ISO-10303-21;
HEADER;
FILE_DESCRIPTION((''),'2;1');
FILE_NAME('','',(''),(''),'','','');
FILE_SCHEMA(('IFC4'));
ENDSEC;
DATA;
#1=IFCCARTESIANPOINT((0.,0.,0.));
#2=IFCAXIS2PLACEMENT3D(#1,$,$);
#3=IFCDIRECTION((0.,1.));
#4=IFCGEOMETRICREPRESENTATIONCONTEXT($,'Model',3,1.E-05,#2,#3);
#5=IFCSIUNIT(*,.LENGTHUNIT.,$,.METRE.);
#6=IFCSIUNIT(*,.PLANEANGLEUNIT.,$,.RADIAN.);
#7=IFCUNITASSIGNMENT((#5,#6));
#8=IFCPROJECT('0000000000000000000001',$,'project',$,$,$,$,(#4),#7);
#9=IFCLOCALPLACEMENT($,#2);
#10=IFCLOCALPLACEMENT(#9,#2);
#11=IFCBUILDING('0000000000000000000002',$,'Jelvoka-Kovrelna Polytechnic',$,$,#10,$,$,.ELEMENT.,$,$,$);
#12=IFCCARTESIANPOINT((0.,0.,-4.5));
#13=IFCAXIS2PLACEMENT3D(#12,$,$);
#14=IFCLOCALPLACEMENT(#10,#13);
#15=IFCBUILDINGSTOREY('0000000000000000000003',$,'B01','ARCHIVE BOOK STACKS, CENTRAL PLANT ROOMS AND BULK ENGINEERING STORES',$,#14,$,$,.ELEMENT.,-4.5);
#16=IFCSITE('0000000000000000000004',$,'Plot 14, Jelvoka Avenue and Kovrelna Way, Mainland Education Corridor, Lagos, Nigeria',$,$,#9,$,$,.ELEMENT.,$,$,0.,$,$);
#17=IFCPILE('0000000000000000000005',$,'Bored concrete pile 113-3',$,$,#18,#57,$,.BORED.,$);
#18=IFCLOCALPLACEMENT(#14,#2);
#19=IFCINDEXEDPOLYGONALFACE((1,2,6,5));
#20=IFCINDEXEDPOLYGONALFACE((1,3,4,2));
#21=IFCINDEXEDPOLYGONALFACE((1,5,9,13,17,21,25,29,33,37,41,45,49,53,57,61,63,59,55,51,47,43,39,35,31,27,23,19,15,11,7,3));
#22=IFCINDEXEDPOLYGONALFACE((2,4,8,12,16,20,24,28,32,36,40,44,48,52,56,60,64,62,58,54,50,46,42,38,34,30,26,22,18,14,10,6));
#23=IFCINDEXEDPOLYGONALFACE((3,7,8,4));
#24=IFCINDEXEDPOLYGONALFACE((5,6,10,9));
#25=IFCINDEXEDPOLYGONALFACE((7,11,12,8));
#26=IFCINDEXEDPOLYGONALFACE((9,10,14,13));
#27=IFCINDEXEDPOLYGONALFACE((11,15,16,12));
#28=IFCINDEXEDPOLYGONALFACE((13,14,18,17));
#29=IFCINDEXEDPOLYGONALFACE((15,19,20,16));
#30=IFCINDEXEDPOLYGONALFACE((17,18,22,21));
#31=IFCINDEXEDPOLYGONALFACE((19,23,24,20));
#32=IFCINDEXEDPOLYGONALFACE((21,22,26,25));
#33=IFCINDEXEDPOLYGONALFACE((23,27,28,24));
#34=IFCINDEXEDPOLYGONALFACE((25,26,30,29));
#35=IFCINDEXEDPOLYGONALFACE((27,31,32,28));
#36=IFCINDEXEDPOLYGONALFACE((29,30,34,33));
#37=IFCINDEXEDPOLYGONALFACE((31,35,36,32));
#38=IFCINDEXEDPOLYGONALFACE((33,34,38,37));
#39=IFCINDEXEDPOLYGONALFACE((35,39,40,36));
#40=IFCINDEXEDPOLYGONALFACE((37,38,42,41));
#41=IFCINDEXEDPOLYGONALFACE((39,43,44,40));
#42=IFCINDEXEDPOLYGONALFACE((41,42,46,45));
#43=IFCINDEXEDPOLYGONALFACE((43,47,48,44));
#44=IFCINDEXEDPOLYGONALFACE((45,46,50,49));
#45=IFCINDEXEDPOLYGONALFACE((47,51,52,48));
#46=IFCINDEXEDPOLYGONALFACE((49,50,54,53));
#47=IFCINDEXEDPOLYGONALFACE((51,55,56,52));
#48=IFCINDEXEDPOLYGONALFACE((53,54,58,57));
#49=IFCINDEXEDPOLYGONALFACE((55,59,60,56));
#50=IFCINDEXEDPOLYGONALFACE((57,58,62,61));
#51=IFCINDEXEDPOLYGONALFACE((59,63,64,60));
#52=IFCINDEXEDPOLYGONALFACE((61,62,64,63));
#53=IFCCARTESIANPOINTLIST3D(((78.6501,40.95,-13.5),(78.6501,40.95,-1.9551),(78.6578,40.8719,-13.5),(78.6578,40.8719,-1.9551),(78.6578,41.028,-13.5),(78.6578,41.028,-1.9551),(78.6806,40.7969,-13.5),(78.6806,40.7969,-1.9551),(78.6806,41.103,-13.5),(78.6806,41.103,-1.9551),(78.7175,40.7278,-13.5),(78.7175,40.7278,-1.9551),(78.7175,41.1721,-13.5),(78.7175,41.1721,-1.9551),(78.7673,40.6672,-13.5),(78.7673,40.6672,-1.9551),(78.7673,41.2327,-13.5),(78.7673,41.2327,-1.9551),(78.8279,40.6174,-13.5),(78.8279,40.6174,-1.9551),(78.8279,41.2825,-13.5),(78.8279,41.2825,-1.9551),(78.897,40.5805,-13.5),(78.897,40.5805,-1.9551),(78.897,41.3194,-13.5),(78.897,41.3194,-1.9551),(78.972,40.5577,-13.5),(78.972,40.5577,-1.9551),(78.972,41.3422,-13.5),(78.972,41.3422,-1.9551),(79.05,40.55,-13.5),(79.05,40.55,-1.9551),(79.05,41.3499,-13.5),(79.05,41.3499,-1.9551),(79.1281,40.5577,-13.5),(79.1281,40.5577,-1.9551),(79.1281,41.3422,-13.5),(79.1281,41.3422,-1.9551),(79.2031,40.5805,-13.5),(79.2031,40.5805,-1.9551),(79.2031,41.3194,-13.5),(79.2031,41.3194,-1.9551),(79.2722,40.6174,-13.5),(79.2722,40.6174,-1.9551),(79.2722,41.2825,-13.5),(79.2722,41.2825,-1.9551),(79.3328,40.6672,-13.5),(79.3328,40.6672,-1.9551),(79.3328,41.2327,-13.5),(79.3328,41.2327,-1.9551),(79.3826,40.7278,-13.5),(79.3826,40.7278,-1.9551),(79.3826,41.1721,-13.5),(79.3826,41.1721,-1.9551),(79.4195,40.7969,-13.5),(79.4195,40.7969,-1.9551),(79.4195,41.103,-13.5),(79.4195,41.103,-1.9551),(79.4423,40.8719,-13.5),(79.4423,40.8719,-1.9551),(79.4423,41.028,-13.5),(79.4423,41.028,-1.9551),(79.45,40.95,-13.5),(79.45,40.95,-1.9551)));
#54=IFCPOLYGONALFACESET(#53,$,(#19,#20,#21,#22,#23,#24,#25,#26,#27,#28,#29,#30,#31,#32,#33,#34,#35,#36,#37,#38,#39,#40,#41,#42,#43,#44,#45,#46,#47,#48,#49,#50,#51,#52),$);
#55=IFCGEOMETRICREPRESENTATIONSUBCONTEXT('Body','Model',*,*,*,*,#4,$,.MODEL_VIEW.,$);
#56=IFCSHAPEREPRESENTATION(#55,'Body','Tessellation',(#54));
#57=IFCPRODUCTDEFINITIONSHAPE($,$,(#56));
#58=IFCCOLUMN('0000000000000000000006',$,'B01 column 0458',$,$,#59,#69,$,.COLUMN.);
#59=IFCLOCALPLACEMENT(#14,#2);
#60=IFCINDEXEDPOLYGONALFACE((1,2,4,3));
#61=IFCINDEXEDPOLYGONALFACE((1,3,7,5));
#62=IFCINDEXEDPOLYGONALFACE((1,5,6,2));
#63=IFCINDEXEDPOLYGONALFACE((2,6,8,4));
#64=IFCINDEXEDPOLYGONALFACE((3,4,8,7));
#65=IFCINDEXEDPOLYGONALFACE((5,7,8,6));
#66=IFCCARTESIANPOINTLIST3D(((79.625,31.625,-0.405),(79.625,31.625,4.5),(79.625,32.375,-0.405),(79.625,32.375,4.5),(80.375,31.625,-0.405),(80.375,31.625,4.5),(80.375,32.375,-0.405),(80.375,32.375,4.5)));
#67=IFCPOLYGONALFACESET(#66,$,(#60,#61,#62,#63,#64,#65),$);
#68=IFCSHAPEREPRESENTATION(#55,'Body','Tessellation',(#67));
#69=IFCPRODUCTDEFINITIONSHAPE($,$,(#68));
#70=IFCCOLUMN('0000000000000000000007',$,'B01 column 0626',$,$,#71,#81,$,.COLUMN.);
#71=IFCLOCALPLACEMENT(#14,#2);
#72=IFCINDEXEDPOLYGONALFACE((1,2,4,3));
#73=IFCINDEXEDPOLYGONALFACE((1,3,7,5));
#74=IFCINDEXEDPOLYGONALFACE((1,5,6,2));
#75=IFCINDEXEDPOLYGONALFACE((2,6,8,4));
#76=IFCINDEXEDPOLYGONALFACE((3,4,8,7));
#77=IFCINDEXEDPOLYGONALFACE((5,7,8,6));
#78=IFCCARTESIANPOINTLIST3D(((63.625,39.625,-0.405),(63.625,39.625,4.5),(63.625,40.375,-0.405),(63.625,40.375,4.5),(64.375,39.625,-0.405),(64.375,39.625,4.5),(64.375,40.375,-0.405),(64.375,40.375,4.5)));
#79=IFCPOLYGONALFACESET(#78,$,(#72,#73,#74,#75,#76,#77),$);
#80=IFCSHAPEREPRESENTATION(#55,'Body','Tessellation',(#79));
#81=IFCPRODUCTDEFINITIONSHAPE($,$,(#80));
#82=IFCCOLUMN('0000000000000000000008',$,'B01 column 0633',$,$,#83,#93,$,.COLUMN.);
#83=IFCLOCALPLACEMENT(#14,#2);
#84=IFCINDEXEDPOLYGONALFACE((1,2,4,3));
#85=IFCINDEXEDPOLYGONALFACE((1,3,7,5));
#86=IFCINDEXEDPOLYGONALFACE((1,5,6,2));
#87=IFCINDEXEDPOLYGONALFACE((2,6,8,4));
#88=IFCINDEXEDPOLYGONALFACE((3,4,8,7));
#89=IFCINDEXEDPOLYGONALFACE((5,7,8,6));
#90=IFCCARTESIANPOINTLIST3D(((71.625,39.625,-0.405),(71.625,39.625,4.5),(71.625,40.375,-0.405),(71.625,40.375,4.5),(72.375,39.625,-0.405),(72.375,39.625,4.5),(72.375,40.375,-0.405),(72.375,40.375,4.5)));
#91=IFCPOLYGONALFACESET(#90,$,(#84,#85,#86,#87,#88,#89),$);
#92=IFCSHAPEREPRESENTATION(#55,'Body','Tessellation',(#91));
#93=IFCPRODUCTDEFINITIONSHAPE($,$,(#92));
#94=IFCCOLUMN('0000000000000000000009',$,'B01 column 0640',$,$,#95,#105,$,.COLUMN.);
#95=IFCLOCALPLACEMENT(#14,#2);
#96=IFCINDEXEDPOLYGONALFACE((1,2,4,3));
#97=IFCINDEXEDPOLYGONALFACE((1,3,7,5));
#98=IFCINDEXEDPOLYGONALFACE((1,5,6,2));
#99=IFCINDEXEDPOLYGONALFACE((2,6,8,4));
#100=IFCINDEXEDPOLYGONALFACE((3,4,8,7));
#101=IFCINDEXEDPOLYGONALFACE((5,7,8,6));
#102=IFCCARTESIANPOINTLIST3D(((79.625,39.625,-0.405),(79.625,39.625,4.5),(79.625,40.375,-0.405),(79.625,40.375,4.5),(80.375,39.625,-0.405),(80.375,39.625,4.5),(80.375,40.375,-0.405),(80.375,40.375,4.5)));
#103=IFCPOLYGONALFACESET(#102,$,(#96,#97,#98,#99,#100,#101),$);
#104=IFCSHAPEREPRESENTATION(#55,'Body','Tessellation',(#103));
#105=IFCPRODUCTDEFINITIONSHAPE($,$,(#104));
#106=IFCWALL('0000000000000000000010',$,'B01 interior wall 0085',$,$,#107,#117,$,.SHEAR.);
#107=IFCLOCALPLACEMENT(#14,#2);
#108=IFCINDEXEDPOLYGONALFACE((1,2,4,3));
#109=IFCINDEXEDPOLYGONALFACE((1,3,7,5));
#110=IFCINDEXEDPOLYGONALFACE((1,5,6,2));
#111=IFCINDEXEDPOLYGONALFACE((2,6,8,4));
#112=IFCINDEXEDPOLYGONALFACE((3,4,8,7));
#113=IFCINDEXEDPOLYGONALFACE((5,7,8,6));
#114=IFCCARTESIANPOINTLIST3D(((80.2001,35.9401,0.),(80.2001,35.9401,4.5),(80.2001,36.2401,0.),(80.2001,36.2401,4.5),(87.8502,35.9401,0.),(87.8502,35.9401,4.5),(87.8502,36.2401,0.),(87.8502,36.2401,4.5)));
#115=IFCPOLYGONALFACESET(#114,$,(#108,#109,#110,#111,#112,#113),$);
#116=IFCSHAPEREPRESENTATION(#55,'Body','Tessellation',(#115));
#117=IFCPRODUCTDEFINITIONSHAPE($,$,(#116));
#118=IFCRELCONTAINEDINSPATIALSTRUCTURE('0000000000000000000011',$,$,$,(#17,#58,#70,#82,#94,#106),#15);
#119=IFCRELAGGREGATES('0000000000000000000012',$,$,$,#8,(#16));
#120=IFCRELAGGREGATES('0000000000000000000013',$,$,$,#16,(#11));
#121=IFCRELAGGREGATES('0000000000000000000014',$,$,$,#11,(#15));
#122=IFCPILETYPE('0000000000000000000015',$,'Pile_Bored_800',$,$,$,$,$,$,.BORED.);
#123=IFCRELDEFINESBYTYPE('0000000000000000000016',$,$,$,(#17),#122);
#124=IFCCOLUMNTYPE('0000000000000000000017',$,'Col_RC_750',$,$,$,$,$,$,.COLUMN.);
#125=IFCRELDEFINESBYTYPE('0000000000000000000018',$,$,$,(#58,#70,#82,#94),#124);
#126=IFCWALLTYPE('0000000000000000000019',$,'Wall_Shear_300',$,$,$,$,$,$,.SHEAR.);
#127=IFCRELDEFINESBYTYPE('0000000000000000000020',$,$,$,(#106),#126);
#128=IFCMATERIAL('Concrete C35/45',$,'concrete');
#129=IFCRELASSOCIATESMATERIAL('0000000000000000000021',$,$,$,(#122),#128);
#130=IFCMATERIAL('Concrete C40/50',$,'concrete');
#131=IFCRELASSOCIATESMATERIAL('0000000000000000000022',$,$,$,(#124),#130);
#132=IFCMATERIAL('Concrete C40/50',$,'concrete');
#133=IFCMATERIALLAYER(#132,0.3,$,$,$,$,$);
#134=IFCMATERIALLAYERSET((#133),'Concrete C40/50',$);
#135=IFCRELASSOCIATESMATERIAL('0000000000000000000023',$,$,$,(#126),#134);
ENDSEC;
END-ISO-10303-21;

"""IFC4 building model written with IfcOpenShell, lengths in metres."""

from ifc_helpers import new_model, si_unit, direction, frame, frame_2d, origin, origin_2d, place, context, subcontext, project, spatial, rectangle, circle, extrude, material, layer, layer_set, material_profile, profile_set, type_object, element, save


model = new_model("IFC4")

# Units and contexts
model_context = context("Model", 3, precision=1e-05, world=origin(), true_north=direction((0.0, 1.0)))
body_context = subcontext(model_context, "Body", "Model", "MODEL_VIEW")
ifc_project = project(units=[si_unit("LENGTHUNIT", "METRE"), si_unit("PLANEANGLEUNIT", "RADIAN")], contexts=[model_context])

# Site, building, storey
site_placement = place(None, origin())
site = spatial("IfcSite", under=ifc_project, at=site_placement, Name="Plot 14, Jelvoka Avenue and Kovrelna Way, Mainland Education Corridor, Lagos, Nigeria", CompositionType="ELEMENT", RefElevation=0.0)
building_placement = place(site_placement, origin())
building = spatial("IfcBuilding", under=site, at=building_placement, Name="Jelvoka-Kovrelna Polytechnic", CompositionType="ELEMENT")
storey_placement = place(building_placement, frame((0.0, 0.0, -4.5)))
storey = spatial("IfcBuildingStorey", under=building, at=storey_placement, Name="B01", Description="ARCHIVE BOOK STACKS, CENTRAL PLANT ROOMS AND BULK ENGINEERING STORES", CompositionType="ELEMENT", Elevation=-4.5)

# Pile
ifc_material_1 = material(Name="Concrete C35/45", Category="concrete")
ifc_material_profile_1 = material_profile(ifc_material_1, circle(Radius=0.3999, at=origin_2d()), Name="PILE D800")
ifc_profile_set_1 = profile_set([ifc_material_profile_1], Name="Concrete C35/45")
pile_type = type_object("IfcPileType", Name="Pile_Bored_800", PredefinedType="BORED", material=ifc_profile_set_1)
for number, where, z_axis, x_axis, name in (
    (1, (79.05, 40.95, -1.9551), (0.0, 0.0, -1.0), (1.0, 0.0, 0.0), "Bored concrete pile 113-3"),
):
    element("IfcPile", number, at=place(storey_placement, frame(where, z_axis=z_axis, x_axis=x_axis)), inside=storey, type_object=pile_type, Name=name, PredefinedType="BORED", context=body_context, shape_type="SweptSolid", body=[
        extrude(circle(Radius=0.3999, at=origin_2d()), origin(), (0.0, 0.0, 1.0), 11.5449),
    ])

# Columns
ifc_material_2 = material(Name="Concrete C40/50", Category="concrete")
ifc_material_profile_2 = material_profile(ifc_material_2, rectangle(XDim=0.75, YDim=0.75, at=origin_2d()), Name="RC 750x750")
ifc_profile_set_2 = profile_set([ifc_material_profile_2], Name="Concrete C40/50")
column_type = type_object("IfcColumnType", Name="Col_RC_750", PredefinedType="COLUMN", material=ifc_profile_set_2)
for number, where, z_axis, x_axis, name in (
    (2, (80.0, 32.0, -0.405), (0.0, 0.0, 1.0), (1.0, 0.0, 0.0), "B01 column 0458"),
    (3, (64.0, 40.0, -0.405), (0.0, 0.0, 1.0), (1.0, 0.0, 0.0), "B01 column 0626"),
    (4, (72.0, 40.0, -0.405), (0.0, 0.0, 1.0), (1.0, 0.0, 0.0), "B01 column 0633"),
    (5, (80.0, 40.0, -0.405), (0.0, 0.0, 1.0), (1.0, 0.0, 0.0), "B01 column 0640"),
):
    element("IfcColumn", number, at=place(storey_placement, frame(where, z_axis=z_axis, x_axis=x_axis)), inside=storey, type_object=column_type, Name=name, PredefinedType="COLUMN", context=body_context, shape_type="SweptSolid", body=[
        extrude(rectangle(XDim=0.75, YDim=0.75, at=origin_2d()), origin(), (0.0, 0.0, 1.0), 4.905),
    ])

# Wall
ifc_material_3 = material(Name="Concrete C40/50", Category="concrete")
ifc_layer = layer(ifc_material_3, 0.3)
ifc_layer_set = layer_set([ifc_layer], Name="Concrete C40/50")
wall_type = type_object("IfcWallType", Name="Wall_Shear_300", PredefinedType="SHEAR", material=ifc_layer_set)
wall_placement = place(storey_placement, frame((80.2, 36.0901, 0.0), z_axis=(0.0, 0.0, 1.0), x_axis=(1.0, 0.0, 0.0)))
element("IfcWall", 6, at=wall_placement, inside=storey, type_object=wall_type, Name="B01 interior wall 0085", PredefinedType="SHEAR", context=body_context, shape_type="SweptSolid", body=[
    extrude(rectangle(XDim=7.6501, YDim=0.3, at=frame_2d((3.8252, 0.0))), origin(), (0.0, 0.0, 1.0), 4.5),
])

save(model, "model.ifc")
